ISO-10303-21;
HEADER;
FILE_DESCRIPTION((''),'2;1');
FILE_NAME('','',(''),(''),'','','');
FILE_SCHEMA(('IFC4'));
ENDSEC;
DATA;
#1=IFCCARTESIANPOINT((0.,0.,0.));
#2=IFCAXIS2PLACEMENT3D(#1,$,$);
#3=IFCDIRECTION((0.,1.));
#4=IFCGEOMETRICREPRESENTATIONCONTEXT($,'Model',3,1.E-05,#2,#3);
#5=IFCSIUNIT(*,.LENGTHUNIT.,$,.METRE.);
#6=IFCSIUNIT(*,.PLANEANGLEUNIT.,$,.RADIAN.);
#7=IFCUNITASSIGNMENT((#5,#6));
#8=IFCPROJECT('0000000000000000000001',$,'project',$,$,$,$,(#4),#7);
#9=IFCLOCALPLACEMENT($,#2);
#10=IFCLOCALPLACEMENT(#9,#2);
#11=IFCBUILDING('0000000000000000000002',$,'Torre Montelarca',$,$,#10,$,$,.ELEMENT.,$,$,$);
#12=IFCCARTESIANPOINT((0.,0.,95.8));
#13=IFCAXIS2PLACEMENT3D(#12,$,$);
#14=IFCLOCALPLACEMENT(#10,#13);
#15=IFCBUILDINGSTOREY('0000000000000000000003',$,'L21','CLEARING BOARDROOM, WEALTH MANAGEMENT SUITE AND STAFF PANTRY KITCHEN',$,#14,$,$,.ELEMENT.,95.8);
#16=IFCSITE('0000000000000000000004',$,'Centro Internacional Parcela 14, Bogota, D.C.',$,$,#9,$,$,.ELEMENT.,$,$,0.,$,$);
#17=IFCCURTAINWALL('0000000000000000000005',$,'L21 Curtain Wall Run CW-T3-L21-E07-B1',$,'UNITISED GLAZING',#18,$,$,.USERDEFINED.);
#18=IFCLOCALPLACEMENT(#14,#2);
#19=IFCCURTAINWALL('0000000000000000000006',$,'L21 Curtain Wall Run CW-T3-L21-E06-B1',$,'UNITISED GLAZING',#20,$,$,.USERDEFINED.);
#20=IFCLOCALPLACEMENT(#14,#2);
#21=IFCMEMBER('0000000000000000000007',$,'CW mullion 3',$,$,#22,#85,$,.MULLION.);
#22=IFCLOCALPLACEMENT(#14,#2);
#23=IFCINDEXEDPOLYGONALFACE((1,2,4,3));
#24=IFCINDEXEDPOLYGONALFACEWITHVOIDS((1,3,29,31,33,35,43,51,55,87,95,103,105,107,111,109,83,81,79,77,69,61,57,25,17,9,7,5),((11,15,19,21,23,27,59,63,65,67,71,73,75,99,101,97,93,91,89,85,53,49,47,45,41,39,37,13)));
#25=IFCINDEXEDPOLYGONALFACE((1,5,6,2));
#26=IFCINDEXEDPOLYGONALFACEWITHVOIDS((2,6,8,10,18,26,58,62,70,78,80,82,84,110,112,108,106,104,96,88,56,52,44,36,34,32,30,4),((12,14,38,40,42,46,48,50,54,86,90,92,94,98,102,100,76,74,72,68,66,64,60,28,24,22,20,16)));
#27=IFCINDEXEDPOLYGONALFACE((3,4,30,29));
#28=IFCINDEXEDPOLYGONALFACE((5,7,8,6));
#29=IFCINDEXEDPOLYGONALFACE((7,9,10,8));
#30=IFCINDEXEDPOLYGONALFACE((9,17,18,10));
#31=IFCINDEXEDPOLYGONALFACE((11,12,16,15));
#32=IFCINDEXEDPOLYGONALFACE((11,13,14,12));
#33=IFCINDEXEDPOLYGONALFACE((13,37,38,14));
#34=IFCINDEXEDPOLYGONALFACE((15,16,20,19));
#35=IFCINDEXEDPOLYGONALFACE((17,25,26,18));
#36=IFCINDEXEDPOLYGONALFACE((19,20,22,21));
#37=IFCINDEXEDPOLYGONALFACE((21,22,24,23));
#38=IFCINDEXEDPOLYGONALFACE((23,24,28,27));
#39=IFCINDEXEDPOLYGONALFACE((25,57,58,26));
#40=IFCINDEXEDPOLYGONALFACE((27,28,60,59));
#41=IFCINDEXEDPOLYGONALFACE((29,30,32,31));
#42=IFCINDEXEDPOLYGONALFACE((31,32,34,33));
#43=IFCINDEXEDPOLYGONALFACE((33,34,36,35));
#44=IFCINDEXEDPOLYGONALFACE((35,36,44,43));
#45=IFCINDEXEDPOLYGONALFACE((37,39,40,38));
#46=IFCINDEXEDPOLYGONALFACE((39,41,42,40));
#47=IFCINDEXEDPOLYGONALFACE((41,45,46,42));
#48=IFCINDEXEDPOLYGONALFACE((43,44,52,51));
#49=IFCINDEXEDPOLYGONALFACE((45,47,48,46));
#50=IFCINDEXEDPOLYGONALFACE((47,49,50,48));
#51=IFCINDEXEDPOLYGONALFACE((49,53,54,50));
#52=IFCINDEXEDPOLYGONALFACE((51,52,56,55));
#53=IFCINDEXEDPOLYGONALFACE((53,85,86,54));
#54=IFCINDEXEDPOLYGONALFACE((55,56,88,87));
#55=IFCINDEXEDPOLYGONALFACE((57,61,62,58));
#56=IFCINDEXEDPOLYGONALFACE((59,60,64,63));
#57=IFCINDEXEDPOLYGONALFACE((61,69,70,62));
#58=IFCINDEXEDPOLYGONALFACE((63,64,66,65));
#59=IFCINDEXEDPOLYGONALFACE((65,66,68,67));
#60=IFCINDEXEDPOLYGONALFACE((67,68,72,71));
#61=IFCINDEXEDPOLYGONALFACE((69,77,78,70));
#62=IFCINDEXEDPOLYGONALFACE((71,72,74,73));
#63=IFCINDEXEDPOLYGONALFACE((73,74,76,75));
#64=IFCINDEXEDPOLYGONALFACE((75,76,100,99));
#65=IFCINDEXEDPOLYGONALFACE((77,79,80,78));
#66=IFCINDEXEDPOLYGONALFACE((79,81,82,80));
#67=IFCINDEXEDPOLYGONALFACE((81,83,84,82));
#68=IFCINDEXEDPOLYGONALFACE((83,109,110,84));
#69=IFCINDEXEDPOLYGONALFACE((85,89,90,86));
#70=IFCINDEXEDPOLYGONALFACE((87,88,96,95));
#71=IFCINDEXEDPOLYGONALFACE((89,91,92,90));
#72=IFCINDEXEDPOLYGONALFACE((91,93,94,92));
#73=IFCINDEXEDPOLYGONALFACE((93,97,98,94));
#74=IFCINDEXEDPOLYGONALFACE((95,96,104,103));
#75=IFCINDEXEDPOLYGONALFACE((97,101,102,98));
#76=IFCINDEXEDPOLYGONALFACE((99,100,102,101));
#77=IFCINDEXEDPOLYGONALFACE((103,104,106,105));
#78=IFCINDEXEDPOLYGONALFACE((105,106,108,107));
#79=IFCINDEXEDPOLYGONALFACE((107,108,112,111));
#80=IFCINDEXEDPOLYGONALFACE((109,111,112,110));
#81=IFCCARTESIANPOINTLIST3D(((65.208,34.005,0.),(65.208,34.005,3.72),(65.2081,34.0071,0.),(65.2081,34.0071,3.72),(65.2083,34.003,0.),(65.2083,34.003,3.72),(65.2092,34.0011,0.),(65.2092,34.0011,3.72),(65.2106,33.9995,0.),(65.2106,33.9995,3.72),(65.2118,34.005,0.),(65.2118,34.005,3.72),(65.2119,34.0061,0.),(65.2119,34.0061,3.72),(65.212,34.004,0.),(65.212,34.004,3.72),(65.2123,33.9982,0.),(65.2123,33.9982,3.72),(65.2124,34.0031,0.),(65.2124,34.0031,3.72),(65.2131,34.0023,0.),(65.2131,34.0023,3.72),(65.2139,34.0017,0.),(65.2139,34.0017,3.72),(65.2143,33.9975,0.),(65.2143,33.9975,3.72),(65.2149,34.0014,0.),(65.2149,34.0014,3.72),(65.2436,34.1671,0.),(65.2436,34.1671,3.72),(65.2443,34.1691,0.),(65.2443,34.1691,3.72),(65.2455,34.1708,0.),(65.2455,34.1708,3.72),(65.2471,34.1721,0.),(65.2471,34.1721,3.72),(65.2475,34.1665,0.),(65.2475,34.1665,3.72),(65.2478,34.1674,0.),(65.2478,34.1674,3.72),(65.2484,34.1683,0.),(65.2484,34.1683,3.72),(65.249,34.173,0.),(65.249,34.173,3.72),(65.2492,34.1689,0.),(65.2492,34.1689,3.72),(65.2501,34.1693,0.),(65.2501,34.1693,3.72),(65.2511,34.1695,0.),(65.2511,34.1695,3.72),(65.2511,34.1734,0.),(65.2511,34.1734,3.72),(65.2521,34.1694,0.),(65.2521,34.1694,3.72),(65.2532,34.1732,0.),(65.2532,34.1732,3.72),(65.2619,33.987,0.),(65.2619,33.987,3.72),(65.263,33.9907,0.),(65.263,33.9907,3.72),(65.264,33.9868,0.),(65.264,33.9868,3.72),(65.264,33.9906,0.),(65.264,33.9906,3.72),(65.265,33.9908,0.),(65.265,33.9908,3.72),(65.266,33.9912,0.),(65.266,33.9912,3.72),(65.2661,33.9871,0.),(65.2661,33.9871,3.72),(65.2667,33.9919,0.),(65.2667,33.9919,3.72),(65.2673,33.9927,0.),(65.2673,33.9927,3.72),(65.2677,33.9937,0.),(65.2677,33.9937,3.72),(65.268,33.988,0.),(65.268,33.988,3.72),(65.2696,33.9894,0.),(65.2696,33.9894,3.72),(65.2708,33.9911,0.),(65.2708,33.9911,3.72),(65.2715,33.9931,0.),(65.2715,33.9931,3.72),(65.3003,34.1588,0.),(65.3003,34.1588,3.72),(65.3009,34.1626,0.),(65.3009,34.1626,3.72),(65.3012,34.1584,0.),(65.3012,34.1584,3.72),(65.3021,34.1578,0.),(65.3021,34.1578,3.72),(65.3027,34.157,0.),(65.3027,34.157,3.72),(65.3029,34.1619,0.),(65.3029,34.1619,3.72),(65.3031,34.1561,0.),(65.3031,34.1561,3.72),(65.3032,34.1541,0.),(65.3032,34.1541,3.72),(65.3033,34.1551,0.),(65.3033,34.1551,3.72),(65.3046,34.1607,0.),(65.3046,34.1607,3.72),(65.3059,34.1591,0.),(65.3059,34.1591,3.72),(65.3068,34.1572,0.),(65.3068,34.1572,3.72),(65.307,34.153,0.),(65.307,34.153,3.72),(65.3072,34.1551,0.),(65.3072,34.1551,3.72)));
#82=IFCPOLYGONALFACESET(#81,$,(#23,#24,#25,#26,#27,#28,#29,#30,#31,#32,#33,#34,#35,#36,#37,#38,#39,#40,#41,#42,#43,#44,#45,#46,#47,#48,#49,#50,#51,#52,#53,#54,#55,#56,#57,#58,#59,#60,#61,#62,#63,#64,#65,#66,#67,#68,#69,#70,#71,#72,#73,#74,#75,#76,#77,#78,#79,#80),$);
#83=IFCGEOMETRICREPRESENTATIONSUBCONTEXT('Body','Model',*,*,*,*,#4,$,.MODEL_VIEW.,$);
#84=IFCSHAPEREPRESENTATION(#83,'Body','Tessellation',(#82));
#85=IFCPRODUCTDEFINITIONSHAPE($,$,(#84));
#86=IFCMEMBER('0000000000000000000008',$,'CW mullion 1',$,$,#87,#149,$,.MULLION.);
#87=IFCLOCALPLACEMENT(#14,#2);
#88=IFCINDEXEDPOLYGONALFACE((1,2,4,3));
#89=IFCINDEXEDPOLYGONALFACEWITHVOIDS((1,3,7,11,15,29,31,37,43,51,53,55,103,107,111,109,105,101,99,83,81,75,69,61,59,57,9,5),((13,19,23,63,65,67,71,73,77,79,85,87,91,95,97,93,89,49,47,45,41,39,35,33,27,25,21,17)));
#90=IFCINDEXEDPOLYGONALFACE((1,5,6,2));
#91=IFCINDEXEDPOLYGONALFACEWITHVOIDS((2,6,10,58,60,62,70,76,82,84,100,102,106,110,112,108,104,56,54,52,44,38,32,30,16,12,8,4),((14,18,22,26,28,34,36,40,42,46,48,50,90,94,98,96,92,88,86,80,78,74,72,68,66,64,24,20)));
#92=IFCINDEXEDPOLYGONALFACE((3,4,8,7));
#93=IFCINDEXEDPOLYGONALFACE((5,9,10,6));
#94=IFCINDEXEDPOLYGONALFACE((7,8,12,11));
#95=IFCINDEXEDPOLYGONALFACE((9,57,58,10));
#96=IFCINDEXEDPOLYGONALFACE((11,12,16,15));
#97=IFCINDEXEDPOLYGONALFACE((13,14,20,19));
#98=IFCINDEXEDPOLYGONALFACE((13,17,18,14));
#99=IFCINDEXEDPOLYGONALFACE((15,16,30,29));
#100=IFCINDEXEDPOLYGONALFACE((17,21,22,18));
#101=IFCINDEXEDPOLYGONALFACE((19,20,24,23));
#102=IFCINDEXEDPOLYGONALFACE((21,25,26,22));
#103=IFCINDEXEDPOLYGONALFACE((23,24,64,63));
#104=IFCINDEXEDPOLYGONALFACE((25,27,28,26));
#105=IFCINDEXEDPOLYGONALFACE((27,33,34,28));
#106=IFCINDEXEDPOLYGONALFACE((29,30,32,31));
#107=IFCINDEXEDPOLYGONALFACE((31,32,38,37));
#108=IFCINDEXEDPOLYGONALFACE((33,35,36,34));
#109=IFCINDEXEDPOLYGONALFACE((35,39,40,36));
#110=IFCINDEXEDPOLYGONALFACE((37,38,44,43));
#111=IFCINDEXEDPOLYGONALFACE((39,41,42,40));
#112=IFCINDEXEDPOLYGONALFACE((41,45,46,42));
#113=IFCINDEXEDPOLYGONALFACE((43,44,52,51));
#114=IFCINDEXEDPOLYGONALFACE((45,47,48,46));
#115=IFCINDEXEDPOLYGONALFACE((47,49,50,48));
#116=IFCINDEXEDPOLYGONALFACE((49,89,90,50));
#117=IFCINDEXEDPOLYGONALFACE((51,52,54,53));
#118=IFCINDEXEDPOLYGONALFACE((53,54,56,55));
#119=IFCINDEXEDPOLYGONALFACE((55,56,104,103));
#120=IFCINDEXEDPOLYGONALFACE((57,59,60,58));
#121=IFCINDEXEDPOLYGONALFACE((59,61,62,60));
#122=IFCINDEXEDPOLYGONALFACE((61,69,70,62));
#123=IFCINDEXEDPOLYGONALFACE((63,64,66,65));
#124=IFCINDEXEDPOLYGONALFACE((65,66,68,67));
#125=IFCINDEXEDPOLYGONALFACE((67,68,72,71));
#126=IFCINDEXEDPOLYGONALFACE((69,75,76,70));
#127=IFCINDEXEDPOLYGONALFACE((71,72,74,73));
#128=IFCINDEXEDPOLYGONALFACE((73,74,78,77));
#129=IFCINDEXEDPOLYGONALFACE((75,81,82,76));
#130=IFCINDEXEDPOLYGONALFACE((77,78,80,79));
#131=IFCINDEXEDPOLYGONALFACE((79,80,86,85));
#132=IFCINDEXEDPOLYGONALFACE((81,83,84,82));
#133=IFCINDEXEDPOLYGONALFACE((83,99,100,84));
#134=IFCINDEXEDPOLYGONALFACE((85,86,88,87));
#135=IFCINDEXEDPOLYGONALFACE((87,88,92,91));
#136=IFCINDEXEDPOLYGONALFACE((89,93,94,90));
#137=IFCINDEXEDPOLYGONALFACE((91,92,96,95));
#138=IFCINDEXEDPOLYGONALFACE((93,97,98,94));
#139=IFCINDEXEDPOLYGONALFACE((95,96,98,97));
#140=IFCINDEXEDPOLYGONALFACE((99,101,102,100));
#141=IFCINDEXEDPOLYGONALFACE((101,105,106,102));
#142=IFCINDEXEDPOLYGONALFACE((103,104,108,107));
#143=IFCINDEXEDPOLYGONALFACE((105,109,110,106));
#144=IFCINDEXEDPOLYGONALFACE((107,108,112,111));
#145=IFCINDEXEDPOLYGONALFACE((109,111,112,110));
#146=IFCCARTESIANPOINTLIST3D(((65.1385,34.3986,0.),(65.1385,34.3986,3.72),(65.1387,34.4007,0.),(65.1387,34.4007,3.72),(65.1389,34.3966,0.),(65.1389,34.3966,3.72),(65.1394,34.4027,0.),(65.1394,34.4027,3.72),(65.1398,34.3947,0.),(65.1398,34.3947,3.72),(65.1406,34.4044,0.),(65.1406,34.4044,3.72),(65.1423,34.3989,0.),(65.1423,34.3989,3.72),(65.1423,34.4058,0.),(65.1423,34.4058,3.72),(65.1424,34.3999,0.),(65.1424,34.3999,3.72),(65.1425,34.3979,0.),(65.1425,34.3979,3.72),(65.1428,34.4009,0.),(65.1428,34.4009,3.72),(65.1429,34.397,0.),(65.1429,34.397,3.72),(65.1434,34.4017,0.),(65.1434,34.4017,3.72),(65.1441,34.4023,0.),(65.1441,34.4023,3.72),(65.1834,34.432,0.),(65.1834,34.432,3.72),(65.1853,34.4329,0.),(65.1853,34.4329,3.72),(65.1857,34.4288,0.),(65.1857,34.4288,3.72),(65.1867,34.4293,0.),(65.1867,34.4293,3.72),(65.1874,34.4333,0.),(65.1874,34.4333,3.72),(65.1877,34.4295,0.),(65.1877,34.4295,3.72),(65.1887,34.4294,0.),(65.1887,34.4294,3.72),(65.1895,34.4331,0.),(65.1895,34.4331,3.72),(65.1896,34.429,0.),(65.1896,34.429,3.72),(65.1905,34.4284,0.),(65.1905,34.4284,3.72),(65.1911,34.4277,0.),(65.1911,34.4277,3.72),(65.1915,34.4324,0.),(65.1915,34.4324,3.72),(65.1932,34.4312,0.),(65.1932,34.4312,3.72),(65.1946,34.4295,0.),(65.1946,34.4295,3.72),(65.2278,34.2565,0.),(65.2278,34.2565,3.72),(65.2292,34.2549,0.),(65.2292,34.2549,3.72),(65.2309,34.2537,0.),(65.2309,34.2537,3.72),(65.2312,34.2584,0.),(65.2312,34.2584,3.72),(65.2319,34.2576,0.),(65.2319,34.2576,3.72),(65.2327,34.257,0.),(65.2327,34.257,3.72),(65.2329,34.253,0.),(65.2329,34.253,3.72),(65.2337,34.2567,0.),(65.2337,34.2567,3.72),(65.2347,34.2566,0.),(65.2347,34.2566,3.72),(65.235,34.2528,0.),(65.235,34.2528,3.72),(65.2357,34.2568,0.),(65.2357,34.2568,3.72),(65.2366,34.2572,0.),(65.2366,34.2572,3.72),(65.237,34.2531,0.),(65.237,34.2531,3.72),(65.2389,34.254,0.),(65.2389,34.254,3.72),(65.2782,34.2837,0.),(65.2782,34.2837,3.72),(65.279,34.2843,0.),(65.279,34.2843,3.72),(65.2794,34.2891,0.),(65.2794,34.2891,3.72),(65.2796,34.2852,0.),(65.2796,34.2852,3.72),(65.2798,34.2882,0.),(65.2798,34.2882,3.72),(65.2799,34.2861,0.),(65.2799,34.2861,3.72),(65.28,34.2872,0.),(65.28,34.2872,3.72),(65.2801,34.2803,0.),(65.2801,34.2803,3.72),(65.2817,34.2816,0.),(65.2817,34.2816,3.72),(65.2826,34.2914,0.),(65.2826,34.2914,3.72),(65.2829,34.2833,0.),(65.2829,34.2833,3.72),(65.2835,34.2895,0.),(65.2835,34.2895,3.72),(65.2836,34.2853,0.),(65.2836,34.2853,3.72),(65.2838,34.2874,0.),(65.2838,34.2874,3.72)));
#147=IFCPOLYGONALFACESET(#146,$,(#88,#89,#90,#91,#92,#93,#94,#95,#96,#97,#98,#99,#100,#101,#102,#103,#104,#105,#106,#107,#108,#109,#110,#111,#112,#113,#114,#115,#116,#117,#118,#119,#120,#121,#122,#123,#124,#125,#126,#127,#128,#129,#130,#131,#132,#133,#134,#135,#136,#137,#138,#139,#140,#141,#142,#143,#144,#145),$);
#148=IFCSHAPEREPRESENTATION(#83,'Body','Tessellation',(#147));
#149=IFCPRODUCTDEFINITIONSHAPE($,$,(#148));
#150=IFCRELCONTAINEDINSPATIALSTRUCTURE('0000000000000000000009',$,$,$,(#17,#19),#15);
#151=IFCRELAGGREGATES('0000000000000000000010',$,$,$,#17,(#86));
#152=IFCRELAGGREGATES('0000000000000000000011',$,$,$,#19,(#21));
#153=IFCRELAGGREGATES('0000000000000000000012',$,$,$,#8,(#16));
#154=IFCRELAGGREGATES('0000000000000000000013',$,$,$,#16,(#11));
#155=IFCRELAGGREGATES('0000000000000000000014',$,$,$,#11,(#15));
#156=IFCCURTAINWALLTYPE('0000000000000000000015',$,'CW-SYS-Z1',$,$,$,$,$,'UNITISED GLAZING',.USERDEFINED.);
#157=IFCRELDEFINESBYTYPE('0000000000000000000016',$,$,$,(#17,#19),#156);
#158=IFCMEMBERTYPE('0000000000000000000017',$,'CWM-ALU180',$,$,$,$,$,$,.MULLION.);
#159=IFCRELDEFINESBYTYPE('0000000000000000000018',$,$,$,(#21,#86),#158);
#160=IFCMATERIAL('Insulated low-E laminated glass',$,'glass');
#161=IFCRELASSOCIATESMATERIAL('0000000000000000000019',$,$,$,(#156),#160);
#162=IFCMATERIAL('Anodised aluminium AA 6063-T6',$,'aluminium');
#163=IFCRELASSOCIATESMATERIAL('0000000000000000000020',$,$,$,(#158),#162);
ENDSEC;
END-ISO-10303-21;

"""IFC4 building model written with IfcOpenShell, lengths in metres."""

from ifc_helpers import new_model, si_unit, direction, frame, origin, origin_2d, place, context, subcontext, project, spatial, hollow_rectangle, extrude, source, transform, mapped, material, material_profile, profile_set, type_object, element, aggregate, save


model = new_model("IFC4")

# Units and contexts
model_context = context("Model", 3, precision=1e-05, world=origin(), true_north=direction((0.0, 1.0)))
body_context = subcontext(model_context, "Body", "Model", "MODEL_VIEW")
ifc_project = project(units=[si_unit("LENGTHUNIT", "METRE"), si_unit("PLANEANGLEUNIT", "RADIAN")], contexts=[model_context])

# Site, building, storey
site_placement = place(None, origin())
site = spatial("IfcSite", under=ifc_project, at=site_placement, Name="Centro Internacional Parcela 14, Bogota, D.C.", CompositionType="ELEMENT", RefElevation=0.0)
building_placement = place(site_placement, origin())
building = spatial("IfcBuilding", under=site, at=building_placement, Name="Torre Montelarca", CompositionType="ELEMENT")
storey_placement = place(building_placement, frame((0.0, 0.0, 95.8)))
storey = spatial("IfcBuildingStorey", under=building, at=storey_placement, Name="L21", Description="CLEARING BOARDROOM, WEALTH MANAGEMENT SUITE AND STAFF PANTRY KITCHEN", CompositionType="ELEMENT", Elevation=95.8)

# Curtain wall
ifc_material_1 = material(Name="Insulated low-E laminated glass", Category="glass")
curtain_wall_type = type_object("IfcCurtainWallType", Name="CW-SYS-Z1", ElementType="UNITISED GLAZING", PredefinedType="USERDEFINED", material=ifc_material_1)
curtain_wall_1_placement = place(storey_placement, origin())
curtain_wall_1 = element("IfcCurtainWall", 1, at=curtain_wall_1_placement, inside=storey, type_object=curtain_wall_type, Name="L21 Curtain Wall Run CW-T3-L21-E07-B1", ObjectType="UNITISED GLAZING", PredefinedType="USERDEFINED")
ifc_material_2 = material(Name="Anodised aluminium AA 6063-T6", Category="aluminium")

# Curtain wall
curtain_wall_2_placement = place(storey_placement, origin())
curtain_wall_2 = element("IfcCurtainWall", 2, at=curtain_wall_2_placement, inside=storey, type_object=curtain_wall_type, Name="L21 Curtain Wall Run CW-T3-L21-E06-B1", ObjectType="UNITISED GLAZING", PredefinedType="USERDEFINED")

# Members
ifc_material_profile_1 = material_profile(ifc_material_2, hollow_rectangle(XDim=0.0649, YDim=0.1799, WallThickness=0.0039, InnerFilletRadius=0.0039, OuterFilletRadius=0.0081, at=origin_2d()), Name="ALU65X180X4", Category="aluminium")
ifc_profile_set_1 = profile_set([ifc_material_profile_1], Name="Anodised aluminium AA 6063-T6")
member_type_1 = type_object("IfcMemberType", Name="CWM-ALU180", PredefinedType="MULLION", material=ifc_profile_set_1)
shared_shape_1 = source(origin(), body_context, "Body", "SweptSolid", [
    extrude(hollow_rectangle(XDim=0.0649, YDim=0.1799, WallThickness=0.0039, InnerFilletRadius=0.0039, OuterFilletRadius=0.0081, at=origin_2d()), origin(), (0.0, 0.0, 1.0), 3.72),
])
member_1_placement = place(storey_placement, frame((65.2576, 34.0801, 0.0), z_axis=(0.0, 0.0, 1.0), x_axis=(-0.976296, 0.216441, 0.0)))
member_1 = element("IfcMember", 3, at=member_1_placement, type_object=member_type_1, Name="CW mullion 3", PredefinedType="MULLION", context=body_context, shape_type="MappedRepresentation", body=[
    mapped(shared_shape_1, transform((0.0, 0.0, 0.0), scale=1.0)),
])
member_2_placement = place(storey_placement, frame((65.2112, 34.343, 0.0), z_axis=(0.0, 0.0, 1.0), x_axis=(-0.843381, -0.537316, 0.0)))
member_2 = element("IfcMember", 4, at=member_2_placement, type_object=member_type_1, Name="CW mullion 1", PredefinedType="MULLION", context=body_context, shape_type="MappedRepresentation", body=[
    mapped(shared_shape_1, transform((0.0, 0.0, 0.0), scale=1.0)),
])

aggregate(curtain_wall_1, [member_2])
aggregate(curtain_wall_2, [member_1])

save(model, "model.ifc")
